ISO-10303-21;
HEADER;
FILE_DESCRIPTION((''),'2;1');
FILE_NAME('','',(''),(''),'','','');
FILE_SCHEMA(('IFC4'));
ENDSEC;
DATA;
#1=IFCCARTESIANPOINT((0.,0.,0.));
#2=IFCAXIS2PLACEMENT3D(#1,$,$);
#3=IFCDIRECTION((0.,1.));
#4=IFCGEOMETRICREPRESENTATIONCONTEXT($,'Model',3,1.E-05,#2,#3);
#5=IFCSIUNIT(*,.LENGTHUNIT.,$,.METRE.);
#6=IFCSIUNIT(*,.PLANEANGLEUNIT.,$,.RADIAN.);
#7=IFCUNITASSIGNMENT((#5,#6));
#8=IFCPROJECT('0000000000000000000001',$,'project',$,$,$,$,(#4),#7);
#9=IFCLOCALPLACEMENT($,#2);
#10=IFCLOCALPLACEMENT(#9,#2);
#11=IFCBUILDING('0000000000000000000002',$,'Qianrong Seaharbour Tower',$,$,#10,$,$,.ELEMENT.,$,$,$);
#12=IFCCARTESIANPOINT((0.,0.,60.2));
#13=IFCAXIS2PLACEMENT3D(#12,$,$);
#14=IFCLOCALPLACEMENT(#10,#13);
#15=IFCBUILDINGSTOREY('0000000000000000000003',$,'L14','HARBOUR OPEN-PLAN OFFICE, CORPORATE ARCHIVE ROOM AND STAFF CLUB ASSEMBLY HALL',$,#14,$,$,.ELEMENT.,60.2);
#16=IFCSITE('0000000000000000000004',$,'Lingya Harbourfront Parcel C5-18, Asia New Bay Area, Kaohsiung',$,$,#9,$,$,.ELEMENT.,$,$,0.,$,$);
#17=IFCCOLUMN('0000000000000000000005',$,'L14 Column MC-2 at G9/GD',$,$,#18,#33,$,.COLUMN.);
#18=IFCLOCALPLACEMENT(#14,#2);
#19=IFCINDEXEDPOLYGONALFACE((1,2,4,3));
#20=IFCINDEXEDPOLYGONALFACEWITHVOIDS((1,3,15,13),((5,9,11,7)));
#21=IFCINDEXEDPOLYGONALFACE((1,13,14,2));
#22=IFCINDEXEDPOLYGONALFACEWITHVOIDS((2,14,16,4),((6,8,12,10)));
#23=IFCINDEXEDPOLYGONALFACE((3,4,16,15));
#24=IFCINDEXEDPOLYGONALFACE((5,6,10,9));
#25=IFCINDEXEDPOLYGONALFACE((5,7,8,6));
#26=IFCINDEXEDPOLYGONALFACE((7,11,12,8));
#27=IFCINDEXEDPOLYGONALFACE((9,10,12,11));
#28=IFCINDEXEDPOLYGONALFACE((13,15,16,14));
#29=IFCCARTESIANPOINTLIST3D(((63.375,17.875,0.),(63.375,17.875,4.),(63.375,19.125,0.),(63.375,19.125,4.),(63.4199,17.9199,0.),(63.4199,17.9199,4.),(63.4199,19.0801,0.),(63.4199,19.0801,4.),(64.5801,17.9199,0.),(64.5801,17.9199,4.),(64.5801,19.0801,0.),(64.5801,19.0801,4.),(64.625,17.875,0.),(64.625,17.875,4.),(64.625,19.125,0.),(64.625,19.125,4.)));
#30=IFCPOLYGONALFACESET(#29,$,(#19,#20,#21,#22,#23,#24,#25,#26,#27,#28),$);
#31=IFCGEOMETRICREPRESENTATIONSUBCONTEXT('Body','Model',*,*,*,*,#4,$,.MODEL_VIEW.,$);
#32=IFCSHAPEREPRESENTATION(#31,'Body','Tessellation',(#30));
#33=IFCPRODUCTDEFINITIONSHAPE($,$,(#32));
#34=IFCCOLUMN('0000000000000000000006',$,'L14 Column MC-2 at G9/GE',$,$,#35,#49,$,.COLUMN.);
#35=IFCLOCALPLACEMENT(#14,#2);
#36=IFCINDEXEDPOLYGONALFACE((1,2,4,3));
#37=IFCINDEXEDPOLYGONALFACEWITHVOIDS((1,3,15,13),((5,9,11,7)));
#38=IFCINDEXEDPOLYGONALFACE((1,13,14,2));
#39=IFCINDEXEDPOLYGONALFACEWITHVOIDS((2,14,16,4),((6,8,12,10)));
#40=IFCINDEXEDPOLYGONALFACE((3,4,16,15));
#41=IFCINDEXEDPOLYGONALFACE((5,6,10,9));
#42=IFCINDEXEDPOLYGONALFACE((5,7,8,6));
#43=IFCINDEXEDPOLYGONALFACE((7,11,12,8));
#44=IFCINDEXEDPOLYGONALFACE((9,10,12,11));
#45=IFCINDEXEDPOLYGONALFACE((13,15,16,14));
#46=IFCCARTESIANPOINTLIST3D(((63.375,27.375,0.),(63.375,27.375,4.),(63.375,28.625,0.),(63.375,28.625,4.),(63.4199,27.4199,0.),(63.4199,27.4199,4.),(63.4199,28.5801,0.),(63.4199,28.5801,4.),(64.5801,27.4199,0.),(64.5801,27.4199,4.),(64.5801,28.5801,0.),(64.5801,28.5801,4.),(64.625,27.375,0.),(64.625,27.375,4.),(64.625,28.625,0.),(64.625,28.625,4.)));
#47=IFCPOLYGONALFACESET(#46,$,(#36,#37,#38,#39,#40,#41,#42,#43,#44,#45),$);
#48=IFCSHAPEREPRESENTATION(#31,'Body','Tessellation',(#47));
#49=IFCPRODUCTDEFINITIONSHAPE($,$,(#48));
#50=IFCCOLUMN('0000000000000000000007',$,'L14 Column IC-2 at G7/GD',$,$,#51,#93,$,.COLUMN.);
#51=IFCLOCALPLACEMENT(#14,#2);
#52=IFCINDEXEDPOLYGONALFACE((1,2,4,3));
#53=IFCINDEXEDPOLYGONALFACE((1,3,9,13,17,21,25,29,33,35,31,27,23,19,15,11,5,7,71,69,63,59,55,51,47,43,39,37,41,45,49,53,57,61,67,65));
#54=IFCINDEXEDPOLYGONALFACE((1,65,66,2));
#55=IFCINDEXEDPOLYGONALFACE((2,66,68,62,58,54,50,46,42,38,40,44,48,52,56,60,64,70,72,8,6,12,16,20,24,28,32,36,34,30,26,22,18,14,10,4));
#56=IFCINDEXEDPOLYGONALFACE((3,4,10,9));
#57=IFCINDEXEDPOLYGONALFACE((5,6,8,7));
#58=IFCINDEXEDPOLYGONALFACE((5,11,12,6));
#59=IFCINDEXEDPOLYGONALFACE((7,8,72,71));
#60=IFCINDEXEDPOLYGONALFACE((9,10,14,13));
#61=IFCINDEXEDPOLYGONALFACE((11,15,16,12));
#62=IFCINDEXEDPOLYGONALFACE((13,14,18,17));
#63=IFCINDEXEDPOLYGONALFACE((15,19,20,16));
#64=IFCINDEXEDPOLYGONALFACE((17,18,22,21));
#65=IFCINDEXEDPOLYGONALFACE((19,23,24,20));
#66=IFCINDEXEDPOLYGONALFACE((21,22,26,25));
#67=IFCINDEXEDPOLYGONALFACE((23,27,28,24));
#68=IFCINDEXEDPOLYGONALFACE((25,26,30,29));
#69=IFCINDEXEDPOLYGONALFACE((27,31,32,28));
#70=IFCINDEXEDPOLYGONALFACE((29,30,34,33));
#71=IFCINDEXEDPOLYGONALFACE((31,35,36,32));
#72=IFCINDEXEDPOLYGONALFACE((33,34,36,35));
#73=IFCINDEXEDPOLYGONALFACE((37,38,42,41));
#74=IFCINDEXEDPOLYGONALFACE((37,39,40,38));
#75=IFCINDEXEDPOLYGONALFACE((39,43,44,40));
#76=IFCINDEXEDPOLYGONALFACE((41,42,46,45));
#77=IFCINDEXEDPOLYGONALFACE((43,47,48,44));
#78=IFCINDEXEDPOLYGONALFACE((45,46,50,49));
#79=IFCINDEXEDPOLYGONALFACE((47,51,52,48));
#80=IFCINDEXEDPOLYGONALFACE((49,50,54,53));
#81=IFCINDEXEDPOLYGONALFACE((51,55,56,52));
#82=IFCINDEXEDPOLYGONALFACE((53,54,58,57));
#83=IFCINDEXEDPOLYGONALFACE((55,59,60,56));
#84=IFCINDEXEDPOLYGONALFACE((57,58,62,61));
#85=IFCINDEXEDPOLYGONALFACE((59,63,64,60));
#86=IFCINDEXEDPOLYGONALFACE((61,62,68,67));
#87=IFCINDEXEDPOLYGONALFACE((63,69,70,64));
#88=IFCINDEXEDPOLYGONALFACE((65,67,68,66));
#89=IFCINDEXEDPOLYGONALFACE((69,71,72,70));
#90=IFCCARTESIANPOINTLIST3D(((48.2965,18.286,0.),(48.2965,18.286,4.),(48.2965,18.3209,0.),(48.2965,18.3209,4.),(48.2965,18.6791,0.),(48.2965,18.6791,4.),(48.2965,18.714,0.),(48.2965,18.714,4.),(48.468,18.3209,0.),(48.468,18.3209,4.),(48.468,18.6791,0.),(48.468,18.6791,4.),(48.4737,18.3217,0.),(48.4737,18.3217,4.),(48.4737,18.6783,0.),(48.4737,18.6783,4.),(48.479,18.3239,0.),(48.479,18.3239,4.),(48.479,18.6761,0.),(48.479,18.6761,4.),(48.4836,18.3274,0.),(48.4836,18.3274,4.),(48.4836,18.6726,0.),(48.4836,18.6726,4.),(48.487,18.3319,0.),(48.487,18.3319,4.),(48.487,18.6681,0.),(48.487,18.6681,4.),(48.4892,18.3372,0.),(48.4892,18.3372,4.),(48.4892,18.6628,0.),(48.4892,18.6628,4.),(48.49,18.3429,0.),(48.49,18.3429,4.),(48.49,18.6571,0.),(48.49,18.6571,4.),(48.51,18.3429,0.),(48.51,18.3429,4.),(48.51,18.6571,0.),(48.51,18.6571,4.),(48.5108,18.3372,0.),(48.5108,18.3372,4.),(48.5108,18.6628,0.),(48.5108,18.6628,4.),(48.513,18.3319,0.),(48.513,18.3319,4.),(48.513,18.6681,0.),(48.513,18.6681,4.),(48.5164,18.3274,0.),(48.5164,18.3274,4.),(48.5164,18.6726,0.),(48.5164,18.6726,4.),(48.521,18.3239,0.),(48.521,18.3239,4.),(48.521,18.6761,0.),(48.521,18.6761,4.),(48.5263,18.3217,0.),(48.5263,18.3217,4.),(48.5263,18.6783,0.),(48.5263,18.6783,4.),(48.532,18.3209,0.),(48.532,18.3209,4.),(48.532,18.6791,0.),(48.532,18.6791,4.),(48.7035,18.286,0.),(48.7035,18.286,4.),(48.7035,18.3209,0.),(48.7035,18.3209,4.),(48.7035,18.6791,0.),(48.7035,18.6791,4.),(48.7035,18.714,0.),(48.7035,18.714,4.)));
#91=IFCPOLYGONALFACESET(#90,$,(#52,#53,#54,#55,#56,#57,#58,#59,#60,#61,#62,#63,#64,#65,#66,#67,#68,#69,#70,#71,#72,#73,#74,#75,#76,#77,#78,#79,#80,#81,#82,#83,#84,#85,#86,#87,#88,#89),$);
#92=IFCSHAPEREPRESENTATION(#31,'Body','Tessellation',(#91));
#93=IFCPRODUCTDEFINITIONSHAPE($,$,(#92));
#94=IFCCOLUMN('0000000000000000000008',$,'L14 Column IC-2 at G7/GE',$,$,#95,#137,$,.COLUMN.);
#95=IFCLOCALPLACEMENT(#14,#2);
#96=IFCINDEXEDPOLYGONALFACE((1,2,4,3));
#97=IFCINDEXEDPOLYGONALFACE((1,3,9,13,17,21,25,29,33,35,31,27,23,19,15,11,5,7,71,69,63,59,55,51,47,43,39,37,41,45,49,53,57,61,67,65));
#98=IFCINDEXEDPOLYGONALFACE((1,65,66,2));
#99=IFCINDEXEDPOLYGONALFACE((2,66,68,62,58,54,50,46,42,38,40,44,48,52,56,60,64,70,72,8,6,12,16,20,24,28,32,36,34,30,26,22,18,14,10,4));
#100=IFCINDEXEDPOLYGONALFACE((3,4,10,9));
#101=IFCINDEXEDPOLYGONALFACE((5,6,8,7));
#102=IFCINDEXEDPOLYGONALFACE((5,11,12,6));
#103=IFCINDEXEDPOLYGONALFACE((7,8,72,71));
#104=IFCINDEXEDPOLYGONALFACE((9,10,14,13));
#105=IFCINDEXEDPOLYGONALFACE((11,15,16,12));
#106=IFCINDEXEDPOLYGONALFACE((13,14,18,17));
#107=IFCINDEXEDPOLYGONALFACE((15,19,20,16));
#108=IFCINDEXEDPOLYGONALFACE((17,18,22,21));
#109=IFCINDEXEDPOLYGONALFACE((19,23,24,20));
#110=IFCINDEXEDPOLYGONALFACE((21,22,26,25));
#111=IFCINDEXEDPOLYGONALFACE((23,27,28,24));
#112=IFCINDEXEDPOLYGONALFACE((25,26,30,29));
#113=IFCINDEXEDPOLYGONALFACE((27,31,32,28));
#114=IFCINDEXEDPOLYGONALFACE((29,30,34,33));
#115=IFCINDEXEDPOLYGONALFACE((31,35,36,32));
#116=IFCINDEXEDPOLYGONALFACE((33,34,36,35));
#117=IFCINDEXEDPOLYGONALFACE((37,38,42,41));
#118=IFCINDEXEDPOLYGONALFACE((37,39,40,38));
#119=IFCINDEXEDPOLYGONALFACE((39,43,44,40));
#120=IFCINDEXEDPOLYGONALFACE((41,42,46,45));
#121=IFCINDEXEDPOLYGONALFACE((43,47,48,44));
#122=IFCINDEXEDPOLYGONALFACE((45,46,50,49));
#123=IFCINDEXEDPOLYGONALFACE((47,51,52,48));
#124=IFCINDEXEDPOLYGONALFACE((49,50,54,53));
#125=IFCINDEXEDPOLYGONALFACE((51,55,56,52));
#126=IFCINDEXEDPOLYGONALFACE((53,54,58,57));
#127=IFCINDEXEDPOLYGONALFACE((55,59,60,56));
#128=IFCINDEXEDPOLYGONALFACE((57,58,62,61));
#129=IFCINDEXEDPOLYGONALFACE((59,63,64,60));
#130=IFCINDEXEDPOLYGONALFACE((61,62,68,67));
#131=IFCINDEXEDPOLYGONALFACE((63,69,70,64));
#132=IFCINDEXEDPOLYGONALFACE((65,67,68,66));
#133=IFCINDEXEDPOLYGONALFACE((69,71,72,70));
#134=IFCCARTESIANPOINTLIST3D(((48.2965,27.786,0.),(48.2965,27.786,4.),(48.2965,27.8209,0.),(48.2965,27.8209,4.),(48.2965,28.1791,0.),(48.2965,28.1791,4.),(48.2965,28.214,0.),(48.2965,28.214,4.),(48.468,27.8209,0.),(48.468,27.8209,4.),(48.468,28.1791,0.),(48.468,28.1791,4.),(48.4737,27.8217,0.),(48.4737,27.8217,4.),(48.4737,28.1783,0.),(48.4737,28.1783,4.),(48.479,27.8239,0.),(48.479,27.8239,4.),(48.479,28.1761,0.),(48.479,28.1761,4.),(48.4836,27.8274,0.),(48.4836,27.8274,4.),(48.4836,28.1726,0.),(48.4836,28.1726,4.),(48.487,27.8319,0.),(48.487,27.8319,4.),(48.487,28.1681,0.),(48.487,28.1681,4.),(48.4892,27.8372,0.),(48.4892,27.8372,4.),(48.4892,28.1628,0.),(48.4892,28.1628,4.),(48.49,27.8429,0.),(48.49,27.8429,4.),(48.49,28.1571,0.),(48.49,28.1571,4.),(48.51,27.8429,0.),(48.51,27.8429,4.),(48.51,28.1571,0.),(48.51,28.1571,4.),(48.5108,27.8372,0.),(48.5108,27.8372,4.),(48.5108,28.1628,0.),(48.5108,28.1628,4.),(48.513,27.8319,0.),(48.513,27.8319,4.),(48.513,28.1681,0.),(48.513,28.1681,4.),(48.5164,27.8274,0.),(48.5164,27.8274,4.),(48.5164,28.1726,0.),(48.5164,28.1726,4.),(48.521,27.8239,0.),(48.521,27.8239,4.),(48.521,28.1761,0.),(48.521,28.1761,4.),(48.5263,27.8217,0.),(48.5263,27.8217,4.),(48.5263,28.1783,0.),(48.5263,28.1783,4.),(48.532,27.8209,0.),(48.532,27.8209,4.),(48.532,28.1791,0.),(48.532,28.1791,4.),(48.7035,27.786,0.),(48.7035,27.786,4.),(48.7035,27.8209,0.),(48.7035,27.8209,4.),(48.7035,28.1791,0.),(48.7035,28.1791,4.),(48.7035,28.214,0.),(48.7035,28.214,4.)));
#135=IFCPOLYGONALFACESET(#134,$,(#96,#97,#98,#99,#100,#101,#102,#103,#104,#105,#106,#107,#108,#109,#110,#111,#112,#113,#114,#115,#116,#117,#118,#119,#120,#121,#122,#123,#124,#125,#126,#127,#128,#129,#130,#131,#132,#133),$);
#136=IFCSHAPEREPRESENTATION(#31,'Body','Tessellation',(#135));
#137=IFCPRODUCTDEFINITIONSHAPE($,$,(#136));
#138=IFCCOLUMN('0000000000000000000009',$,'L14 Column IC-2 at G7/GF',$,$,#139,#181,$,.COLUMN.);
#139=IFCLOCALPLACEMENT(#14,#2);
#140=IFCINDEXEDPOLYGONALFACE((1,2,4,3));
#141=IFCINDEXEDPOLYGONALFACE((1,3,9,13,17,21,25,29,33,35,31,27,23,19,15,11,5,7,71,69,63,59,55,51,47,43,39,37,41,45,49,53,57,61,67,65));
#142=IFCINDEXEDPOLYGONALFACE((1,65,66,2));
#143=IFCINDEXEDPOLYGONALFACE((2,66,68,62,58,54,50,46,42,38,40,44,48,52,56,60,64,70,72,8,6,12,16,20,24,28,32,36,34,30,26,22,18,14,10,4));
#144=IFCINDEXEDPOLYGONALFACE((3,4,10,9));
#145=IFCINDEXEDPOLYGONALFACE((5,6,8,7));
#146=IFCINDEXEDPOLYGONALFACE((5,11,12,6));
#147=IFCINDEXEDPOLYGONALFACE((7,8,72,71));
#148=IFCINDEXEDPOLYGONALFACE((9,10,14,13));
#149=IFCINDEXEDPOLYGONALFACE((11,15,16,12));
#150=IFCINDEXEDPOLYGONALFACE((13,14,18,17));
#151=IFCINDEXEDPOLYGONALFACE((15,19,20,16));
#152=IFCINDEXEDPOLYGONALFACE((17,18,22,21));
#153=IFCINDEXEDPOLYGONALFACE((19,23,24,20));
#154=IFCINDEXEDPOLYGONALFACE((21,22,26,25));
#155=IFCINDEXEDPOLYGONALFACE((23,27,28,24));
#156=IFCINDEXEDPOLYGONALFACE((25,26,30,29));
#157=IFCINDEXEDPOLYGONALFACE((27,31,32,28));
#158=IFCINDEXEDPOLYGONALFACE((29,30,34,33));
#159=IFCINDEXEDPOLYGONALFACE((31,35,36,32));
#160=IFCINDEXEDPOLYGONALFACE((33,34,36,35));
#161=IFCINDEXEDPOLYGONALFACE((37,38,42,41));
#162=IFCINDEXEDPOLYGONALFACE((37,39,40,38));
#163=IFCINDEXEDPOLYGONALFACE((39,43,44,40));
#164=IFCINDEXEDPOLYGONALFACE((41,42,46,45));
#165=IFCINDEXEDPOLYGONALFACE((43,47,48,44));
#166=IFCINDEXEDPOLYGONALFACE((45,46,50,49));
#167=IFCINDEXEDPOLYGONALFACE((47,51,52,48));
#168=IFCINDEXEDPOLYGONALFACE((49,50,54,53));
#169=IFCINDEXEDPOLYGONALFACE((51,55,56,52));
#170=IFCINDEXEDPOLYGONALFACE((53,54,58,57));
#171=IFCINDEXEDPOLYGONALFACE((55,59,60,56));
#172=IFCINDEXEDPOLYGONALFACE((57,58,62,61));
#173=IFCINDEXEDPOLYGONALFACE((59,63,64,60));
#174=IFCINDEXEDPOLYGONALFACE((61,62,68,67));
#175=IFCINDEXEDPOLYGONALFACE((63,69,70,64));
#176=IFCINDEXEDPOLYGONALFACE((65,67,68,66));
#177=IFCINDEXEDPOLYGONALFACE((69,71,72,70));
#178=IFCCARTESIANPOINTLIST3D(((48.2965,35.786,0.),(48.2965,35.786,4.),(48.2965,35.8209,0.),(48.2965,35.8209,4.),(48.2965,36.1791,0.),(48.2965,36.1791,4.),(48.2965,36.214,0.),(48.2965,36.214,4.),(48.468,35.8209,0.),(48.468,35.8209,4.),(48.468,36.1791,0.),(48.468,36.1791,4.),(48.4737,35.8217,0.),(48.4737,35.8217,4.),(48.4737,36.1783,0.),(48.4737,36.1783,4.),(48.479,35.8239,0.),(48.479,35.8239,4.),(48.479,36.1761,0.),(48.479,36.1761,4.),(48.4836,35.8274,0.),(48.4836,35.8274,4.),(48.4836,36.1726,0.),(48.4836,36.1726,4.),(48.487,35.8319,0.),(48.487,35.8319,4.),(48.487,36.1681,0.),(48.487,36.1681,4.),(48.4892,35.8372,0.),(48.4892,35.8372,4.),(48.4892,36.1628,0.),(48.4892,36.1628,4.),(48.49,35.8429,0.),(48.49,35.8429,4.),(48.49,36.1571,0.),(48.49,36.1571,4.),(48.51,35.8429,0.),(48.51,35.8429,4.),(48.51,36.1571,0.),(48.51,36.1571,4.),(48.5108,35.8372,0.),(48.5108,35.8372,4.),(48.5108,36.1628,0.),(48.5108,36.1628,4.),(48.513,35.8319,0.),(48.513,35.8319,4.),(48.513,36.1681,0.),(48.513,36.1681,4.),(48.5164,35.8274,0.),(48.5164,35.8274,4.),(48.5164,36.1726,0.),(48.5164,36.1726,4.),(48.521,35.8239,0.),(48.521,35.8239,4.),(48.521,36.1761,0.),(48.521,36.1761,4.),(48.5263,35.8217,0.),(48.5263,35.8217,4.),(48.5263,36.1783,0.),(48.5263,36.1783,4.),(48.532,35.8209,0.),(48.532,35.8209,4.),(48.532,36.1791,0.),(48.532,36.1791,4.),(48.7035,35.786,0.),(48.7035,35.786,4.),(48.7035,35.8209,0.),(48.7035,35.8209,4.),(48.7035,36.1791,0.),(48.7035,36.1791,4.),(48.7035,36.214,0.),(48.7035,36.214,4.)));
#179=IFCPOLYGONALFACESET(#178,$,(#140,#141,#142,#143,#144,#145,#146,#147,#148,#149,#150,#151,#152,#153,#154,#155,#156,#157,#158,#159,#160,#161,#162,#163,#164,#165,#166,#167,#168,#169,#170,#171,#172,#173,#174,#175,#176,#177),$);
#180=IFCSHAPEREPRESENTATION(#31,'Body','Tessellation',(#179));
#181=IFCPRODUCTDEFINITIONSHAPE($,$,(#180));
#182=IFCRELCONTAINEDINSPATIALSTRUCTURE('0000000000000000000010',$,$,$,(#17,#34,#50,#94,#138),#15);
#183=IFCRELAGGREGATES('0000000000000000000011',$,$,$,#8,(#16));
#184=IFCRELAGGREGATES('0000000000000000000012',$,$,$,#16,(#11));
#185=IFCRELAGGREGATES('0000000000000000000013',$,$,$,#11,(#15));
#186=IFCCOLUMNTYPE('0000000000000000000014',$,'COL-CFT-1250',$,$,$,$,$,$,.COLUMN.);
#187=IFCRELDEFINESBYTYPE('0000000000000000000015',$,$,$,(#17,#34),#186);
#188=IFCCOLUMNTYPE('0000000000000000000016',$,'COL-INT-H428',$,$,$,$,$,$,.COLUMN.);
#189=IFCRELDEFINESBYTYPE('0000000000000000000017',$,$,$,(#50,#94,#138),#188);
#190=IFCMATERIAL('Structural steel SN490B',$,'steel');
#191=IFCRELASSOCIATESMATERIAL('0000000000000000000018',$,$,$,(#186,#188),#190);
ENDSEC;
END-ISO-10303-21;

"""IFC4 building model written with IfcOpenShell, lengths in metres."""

from ifc_helpers import new_model, si_unit, direction, frame, origin, origin_2d, place, context, subcontext, project, spatial, hollow_rectangle, i_section, extrude, material, material_profile, profile_set, type_object, element, save


model = new_model("IFC4")

# Units and contexts
model_context = context("Model", 3, precision=1e-05, world=origin(), true_north=direction((0.0, 1.0)))
body_context = subcontext(model_context, "Body", "Model", "MODEL_VIEW")
ifc_project = project(units=[si_unit("LENGTHUNIT", "METRE"), si_unit("PLANEANGLEUNIT", "RADIAN")], contexts=[model_context])

# Site, building, storey
site_placement = place(None, origin())
site = spatial("IfcSite", under=ifc_project, at=site_placement, Name="Lingya Harbourfront Parcel C5-18, Asia New Bay Area, Kaohsiung", CompositionType="ELEMENT", RefElevation=0.0)
building_placement = place(site_placement, origin())
building = spatial("IfcBuilding", under=site, at=building_placement, Name="Qianrong Seaharbour Tower", CompositionType="ELEMENT")
storey_placement = place(building_placement, frame((0.0, 0.0, 60.2)))
storey = spatial("IfcBuildingStorey", under=building, at=storey_placement, Name="L14", Description="HARBOUR OPEN-PLAN OFFICE, CORPORATE ARCHIVE ROOM AND STAFF CLUB ASSEMBLY HALL", CompositionType="ELEMENT", Elevation=60.2)

# Columns
ifc_material_1 = material(Name="Structural steel SN490B", Category="steel")
ifc_material_profile_1 = material_profile(ifc_material_1, hollow_rectangle(XDim=1.25, YDim=1.25, WallThickness=0.0449, at=origin_2d()), Name="BOX1250x1250x45")
ifc_profile_set_1 = profile_set([ifc_material_profile_1], Name="Structural steel SN490B")
column_type_1 = type_object("IfcColumnType", Name="COL-CFT-1250", PredefinedType="COLUMN", material=ifc_profile_set_1)
for number, where, z_axis, x_axis, name in (
    (1, (64.0, 18.5, 0.0), (0.0, 0.0, 1.0), (1.0, 0.0, 0.0), "L14 Column MC-2 at G9/GD"),
    (2, (64.0, 28.0, 0.0), (0.0, 0.0, 1.0), (1.0, 0.0, 0.0), "L14 Column MC-2 at G9/GE"),
):
    element("IfcColumn", number, at=place(storey_placement, frame(where, z_axis=z_axis, x_axis=x_axis)), inside=storey, type_object=column_type_1, Name=name, PredefinedType="COLUMN", context=body_context, shape_type="SweptSolid", body=[
        extrude(hollow_rectangle(XDim=1.25, YDim=1.25, WallThickness=0.0449, at=origin_2d()), origin(), (0.0, 0.0, 1.0), 4.0),
    ])
ifc_material_profile_2 = material_profile(ifc_material_1, i_section(OverallWidth=0.407, OverallDepth=0.428, WebThickness=0.02, FlangeThickness=0.0349, FilletRadius=0.022, at=origin_2d()), Name="H428x407x20x35")
ifc_profile_set_2 = profile_set([ifc_material_profile_2], Name="Structural steel SN490B")
column_type_2 = type_object("IfcColumnType", Name="COL-INT-H428", PredefinedType="COLUMN", material=ifc_profile_set_2)
for number, where, z_axis, x_axis, name in (
    (3, (48.5, 18.5, 0.0), (0.0, 0.0, 1.0), (1.0, 0.0, 0.0), "L14 Column IC-2 at G7/GD"),
    (4, (48.5, 28.0, 0.0), (0.0, 0.0, 1.0), (1.0, 0.0, 0.0), "L14 Column IC-2 at G7/GE"),
    (5, (48.5, 36.0, 0.0), (0.0, 0.0, 1.0), (1.0, 0.0, 0.0), "L14 Column IC-2 at G7/GF"),
):
    element("IfcColumn", number, at=place(storey_placement, frame(where, z_axis=z_axis, x_axis=x_axis)), inside=storey, type_object=column_type_2, Name=name, PredefinedType="COLUMN", context=body_context, shape_type="SweptSolid", body=[
        extrude(i_section(OverallWidth=0.407, OverallDepth=0.428, WebThickness=0.02, FlangeThickness=0.0349, FilletRadius=0.022, at=origin_2d()), origin(), (0.0, 0.0, 1.0), 4.0),
    ])

save(model, "model.ifc")
